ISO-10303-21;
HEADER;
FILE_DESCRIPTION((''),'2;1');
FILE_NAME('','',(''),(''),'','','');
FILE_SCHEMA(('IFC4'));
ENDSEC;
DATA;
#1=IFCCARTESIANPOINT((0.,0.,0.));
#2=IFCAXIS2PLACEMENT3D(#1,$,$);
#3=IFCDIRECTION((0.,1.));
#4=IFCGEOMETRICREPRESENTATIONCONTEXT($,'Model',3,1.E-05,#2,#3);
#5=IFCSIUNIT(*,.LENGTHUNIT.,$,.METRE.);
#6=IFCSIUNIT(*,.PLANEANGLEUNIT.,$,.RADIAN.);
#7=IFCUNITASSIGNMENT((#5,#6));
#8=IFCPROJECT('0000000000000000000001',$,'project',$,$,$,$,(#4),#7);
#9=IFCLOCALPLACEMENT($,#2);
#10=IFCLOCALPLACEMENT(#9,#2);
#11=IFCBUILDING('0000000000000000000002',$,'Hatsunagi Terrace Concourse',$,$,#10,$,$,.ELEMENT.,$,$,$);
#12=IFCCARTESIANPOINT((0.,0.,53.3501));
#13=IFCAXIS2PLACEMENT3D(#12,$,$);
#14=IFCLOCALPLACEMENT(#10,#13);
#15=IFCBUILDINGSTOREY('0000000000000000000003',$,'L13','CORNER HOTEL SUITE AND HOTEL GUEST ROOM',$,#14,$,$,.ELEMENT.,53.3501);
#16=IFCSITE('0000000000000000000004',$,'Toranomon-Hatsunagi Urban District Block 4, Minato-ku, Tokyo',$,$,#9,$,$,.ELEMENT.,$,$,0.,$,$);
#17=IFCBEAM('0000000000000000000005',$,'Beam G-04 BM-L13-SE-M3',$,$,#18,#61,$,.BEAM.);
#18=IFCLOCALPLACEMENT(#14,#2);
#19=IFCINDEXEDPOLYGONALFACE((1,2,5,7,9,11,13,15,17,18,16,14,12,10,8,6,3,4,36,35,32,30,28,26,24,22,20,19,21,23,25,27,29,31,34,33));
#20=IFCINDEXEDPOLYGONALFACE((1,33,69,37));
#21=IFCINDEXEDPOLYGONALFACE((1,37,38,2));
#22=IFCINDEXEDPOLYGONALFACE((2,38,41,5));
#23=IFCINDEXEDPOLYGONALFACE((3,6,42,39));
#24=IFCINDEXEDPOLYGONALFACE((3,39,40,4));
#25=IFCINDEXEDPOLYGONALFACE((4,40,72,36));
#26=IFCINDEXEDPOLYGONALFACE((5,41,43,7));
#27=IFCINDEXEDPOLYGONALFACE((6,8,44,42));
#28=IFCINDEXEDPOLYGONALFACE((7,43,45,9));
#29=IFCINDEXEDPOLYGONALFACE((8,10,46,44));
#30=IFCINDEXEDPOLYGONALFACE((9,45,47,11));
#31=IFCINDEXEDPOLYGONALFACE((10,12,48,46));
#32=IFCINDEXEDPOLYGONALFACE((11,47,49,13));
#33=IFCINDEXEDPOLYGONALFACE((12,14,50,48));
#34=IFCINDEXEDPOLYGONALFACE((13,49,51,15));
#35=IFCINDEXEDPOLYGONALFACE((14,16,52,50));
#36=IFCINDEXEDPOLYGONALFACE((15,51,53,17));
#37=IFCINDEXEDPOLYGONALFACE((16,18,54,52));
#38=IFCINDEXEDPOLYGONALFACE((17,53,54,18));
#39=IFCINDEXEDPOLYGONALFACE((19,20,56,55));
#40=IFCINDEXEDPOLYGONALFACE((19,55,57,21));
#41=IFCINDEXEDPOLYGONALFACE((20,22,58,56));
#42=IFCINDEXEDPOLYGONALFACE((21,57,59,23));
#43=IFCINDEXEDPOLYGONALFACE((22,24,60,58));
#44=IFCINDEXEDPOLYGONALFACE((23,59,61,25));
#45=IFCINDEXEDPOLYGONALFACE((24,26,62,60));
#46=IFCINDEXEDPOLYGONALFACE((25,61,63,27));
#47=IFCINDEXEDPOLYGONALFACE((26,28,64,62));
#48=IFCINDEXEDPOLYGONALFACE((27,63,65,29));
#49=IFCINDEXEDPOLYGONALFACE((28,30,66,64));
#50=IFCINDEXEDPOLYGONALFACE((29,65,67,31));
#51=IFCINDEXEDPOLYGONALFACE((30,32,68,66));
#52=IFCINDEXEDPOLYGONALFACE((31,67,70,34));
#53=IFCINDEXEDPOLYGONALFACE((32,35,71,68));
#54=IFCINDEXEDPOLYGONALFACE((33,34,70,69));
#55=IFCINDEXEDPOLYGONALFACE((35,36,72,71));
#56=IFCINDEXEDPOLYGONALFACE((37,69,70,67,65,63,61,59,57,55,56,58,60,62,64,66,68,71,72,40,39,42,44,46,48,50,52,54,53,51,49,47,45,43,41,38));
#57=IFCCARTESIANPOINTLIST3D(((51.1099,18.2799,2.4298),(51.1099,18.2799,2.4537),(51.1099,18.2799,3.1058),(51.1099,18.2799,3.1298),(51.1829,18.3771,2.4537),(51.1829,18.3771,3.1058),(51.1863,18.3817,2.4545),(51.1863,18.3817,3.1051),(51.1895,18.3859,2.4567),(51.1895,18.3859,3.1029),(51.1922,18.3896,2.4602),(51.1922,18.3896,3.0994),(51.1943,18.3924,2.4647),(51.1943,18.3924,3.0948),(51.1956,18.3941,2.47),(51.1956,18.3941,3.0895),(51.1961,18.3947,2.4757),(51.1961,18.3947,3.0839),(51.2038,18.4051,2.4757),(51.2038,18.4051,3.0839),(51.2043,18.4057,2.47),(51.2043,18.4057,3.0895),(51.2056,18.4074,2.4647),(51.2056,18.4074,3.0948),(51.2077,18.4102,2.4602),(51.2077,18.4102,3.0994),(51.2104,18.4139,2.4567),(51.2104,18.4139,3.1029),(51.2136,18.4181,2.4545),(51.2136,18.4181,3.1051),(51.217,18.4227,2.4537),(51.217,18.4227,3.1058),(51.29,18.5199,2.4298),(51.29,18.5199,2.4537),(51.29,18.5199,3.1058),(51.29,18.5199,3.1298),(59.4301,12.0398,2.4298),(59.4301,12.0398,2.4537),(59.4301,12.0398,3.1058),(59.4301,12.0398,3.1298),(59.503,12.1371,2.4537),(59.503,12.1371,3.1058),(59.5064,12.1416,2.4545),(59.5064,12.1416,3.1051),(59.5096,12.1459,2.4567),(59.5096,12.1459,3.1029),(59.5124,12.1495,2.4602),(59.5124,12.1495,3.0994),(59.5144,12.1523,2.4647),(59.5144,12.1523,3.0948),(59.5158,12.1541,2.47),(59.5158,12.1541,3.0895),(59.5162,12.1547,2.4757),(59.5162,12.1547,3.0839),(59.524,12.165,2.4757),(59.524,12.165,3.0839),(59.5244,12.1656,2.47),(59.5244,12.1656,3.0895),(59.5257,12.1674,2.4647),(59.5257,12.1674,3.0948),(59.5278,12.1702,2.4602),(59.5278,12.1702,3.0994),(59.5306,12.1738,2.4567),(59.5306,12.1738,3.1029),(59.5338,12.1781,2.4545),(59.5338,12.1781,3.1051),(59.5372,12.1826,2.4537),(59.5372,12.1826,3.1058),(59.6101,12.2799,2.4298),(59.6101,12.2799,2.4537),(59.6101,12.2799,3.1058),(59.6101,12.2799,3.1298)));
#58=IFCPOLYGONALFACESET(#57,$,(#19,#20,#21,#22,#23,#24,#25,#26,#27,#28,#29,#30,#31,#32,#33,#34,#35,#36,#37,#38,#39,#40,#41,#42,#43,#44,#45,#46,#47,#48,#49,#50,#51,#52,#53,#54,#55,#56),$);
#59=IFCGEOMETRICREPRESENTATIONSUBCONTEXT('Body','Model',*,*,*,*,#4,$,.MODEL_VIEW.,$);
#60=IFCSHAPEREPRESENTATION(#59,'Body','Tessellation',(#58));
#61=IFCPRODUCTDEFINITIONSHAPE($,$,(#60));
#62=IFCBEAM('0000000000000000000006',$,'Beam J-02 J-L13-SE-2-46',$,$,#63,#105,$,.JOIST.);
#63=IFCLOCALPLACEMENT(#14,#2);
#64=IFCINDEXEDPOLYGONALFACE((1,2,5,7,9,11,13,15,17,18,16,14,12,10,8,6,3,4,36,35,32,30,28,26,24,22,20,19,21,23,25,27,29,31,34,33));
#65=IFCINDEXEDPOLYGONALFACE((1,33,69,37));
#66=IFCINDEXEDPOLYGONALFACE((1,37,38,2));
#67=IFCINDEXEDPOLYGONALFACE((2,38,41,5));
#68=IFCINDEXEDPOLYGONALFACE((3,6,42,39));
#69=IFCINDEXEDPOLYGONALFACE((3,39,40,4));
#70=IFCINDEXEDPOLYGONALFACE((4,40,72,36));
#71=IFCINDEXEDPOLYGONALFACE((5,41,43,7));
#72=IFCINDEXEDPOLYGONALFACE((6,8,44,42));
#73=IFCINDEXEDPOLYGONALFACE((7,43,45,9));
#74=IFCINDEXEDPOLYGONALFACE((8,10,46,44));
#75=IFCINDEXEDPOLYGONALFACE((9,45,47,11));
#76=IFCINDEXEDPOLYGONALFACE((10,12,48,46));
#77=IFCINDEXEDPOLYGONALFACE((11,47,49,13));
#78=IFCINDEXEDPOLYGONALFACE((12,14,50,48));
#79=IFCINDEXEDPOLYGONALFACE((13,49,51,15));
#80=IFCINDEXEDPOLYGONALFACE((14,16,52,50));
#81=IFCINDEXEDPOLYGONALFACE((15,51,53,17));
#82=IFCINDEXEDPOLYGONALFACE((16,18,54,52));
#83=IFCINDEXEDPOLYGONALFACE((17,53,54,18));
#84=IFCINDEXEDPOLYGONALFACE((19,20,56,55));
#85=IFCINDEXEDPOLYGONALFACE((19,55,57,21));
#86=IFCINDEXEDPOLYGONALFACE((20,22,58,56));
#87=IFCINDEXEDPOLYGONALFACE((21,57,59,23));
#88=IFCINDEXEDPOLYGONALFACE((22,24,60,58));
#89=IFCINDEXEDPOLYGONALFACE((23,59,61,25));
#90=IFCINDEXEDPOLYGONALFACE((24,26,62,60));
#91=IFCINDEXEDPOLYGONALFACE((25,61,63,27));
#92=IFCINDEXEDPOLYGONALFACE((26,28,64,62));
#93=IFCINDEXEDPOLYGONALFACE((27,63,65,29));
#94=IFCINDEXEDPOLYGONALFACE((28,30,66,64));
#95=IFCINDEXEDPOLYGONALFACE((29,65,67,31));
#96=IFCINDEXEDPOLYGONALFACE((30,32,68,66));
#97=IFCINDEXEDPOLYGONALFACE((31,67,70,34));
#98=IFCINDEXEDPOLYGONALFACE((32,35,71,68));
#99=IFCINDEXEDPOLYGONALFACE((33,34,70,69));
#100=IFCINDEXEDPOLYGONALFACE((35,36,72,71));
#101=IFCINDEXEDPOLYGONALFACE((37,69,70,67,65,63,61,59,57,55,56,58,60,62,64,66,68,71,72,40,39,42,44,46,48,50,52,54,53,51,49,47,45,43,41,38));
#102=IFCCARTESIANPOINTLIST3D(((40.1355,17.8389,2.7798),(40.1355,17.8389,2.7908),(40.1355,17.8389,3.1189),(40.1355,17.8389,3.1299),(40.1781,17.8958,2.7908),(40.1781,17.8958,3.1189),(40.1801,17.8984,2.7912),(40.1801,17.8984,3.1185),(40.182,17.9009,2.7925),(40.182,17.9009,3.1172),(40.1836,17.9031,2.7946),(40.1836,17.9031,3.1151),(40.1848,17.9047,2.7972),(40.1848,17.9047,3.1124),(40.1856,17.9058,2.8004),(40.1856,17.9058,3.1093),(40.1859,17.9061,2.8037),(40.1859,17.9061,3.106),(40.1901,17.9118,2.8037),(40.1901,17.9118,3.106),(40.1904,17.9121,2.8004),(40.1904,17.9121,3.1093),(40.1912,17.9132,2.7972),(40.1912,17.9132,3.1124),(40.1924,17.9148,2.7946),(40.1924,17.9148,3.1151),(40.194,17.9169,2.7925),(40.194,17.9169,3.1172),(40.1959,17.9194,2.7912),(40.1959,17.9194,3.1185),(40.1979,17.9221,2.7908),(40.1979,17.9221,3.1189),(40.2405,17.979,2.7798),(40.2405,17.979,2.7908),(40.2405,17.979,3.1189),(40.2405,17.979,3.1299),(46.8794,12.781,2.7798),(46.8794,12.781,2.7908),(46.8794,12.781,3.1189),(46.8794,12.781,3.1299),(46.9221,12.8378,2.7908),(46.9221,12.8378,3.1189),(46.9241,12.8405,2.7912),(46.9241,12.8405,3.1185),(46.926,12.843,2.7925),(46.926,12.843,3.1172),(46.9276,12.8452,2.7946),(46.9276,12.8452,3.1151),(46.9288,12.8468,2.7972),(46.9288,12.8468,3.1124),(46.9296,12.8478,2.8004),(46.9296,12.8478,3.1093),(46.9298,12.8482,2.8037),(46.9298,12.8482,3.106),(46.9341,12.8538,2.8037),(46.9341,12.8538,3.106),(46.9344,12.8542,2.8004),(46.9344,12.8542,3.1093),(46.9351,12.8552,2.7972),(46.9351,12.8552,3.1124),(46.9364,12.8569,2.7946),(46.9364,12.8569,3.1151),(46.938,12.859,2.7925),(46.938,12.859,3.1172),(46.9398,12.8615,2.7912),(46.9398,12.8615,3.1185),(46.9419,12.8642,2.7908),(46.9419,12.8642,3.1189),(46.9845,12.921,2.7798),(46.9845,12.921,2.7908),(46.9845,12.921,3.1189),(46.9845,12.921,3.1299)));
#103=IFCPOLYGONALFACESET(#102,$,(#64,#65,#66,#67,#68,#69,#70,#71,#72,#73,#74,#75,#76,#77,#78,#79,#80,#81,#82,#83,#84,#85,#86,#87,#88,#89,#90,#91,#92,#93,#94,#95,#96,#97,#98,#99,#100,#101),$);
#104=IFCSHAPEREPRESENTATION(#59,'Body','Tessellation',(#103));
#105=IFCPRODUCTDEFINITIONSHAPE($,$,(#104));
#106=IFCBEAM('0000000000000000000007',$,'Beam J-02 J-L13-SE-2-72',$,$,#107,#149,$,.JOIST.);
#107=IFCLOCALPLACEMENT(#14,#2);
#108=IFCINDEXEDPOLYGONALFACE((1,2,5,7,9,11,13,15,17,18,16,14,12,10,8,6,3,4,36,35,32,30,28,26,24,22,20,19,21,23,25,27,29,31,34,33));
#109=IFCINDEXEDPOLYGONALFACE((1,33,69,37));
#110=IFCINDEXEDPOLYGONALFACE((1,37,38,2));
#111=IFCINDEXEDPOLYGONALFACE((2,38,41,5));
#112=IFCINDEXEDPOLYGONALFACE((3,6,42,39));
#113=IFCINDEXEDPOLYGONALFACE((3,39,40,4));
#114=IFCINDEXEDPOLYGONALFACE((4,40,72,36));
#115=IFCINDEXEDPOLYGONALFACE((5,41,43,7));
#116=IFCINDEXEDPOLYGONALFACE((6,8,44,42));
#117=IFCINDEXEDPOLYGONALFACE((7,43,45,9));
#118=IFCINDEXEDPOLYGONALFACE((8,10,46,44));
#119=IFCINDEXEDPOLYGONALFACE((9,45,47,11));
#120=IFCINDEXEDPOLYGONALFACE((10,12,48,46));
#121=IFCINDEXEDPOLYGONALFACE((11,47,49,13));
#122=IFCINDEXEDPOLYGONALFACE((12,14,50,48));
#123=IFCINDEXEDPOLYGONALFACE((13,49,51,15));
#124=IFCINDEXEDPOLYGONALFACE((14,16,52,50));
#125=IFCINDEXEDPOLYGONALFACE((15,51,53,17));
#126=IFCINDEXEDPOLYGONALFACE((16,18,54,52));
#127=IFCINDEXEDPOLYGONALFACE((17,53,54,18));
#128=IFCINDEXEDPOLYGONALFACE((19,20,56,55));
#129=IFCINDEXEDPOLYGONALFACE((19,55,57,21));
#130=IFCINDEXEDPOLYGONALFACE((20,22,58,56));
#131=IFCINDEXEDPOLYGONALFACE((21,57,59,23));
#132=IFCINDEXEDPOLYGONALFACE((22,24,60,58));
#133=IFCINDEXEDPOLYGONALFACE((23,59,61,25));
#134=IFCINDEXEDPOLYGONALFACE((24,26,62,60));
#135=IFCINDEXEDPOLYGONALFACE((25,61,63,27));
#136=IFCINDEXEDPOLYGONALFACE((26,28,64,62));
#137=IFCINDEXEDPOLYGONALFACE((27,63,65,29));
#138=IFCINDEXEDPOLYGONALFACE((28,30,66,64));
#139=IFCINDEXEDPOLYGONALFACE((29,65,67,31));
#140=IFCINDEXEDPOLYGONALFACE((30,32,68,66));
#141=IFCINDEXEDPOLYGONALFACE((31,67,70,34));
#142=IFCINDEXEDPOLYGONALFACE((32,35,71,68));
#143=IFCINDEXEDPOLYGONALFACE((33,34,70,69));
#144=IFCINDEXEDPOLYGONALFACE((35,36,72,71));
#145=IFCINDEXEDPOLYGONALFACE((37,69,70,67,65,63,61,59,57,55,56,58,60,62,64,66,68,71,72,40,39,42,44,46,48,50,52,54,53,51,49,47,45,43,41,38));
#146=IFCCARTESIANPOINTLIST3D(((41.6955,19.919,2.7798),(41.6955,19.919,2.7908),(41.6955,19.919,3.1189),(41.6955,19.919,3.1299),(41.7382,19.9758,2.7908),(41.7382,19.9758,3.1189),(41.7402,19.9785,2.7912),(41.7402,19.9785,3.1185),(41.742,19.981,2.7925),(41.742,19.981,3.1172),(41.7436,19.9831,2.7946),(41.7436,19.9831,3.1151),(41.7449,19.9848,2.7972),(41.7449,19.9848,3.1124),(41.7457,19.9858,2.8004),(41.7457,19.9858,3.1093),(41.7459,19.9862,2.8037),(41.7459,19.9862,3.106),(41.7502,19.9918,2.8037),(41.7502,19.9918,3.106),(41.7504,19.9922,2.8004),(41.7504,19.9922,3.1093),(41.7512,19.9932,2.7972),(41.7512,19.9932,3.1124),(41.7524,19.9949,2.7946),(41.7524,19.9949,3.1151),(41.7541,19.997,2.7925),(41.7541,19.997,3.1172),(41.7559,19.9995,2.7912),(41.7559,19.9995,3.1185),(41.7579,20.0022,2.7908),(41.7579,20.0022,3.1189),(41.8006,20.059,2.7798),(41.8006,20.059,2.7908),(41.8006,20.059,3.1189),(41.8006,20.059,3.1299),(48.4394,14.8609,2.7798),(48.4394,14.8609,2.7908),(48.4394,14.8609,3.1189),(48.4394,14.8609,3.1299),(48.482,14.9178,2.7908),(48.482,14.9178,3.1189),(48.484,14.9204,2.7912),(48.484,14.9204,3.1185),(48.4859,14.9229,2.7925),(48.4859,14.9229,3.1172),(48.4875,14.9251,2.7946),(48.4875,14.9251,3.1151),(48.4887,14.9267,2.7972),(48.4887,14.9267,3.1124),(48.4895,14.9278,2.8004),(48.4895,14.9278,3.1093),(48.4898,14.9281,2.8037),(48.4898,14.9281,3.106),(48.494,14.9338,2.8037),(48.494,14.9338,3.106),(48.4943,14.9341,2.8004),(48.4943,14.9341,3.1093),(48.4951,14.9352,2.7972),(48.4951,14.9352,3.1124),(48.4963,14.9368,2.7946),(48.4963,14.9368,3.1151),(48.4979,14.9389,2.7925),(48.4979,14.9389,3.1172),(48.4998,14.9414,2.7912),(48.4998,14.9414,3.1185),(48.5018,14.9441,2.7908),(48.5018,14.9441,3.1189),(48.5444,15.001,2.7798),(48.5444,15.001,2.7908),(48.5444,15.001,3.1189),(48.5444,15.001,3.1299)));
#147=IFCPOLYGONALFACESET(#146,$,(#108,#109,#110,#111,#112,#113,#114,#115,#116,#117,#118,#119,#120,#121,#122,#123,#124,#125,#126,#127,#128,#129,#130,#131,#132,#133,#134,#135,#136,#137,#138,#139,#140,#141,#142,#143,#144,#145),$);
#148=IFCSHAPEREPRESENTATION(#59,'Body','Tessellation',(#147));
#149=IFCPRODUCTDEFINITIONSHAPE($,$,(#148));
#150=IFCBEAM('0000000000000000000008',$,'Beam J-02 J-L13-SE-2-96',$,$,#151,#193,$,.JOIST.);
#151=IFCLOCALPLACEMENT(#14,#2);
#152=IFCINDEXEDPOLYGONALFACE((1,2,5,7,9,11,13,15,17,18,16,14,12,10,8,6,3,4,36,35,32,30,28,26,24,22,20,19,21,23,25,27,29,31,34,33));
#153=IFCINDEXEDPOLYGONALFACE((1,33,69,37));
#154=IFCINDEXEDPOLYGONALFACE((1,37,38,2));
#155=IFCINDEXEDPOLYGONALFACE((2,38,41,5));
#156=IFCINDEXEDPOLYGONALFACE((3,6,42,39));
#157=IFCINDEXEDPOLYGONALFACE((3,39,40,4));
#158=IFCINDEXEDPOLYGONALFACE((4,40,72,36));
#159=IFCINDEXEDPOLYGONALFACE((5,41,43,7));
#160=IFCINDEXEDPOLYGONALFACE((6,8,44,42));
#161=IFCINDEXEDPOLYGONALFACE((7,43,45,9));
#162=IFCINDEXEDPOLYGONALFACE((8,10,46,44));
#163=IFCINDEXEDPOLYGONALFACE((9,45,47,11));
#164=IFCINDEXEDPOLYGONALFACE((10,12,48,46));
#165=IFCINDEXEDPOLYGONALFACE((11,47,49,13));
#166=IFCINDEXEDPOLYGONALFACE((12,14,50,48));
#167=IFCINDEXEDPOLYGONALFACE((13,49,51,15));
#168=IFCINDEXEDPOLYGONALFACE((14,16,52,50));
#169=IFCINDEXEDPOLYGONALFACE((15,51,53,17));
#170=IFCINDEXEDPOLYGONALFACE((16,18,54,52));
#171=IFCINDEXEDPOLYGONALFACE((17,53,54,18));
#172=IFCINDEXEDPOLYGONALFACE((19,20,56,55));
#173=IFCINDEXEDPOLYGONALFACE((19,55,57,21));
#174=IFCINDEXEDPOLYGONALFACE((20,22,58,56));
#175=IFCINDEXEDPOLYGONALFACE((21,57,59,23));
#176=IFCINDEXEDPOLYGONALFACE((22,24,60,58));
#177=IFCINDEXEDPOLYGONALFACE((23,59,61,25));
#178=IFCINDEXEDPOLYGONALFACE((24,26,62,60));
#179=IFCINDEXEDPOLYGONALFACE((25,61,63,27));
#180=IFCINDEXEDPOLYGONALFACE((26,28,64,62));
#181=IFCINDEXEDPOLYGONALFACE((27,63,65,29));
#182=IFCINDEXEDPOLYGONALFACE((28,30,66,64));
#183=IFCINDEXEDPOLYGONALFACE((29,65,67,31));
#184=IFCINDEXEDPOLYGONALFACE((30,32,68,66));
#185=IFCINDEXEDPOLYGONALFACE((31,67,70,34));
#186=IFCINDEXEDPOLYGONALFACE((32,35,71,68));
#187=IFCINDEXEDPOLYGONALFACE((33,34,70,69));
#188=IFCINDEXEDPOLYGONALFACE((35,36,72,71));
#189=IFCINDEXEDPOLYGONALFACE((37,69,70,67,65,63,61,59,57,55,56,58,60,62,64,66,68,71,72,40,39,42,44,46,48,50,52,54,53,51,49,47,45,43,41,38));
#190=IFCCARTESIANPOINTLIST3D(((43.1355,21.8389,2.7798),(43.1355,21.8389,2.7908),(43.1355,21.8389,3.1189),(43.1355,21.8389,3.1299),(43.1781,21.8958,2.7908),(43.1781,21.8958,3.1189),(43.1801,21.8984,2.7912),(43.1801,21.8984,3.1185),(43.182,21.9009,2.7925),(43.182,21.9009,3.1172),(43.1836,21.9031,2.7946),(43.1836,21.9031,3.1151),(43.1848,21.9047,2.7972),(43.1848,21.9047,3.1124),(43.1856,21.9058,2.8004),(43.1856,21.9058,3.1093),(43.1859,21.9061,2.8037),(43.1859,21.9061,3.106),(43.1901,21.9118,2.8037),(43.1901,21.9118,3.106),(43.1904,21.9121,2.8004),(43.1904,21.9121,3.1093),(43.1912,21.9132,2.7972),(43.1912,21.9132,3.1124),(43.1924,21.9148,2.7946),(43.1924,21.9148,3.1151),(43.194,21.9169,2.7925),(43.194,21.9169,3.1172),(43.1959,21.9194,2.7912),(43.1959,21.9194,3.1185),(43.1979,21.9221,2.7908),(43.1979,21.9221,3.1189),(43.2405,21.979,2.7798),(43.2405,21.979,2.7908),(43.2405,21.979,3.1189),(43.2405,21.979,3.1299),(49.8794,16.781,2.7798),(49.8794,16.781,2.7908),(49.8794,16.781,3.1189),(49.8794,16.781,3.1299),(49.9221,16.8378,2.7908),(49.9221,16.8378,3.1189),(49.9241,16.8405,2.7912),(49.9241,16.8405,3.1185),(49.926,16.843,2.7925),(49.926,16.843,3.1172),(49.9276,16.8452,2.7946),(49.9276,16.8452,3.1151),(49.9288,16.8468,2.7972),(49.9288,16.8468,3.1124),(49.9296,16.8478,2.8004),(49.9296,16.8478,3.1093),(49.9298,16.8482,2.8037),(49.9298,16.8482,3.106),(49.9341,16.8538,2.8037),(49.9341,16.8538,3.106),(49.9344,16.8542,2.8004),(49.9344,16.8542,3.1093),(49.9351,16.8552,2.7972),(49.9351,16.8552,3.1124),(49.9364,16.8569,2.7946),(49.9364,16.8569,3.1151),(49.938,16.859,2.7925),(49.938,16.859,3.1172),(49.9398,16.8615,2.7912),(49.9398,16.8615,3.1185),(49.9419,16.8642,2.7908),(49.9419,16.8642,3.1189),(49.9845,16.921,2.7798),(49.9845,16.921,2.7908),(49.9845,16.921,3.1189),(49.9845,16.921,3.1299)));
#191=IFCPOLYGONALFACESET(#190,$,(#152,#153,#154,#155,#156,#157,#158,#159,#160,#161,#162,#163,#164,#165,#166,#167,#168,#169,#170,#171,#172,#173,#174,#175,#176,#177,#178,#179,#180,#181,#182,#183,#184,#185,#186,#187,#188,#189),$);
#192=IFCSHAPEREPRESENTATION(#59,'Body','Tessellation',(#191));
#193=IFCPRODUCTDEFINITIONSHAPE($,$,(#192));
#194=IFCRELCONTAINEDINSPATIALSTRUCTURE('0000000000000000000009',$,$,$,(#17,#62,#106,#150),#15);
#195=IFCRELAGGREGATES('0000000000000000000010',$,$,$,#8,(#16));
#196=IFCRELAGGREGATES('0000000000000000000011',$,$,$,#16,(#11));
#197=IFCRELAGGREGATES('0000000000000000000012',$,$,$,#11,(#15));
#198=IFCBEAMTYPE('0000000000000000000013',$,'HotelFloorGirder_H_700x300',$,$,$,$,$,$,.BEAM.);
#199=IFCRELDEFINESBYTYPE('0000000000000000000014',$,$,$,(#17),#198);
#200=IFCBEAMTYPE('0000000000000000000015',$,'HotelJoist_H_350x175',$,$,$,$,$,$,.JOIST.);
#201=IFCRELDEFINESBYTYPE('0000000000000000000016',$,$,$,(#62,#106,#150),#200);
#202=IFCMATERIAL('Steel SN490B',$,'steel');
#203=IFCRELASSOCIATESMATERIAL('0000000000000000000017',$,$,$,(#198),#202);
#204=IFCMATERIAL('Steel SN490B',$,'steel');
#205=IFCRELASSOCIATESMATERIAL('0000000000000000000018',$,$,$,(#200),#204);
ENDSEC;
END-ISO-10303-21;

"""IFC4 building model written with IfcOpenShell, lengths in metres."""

from ifc_helpers import new_model, si_unit, direction, frame, origin, origin_2d, place, context, subcontext, project, spatial, i_section, extrude, material, material_profile, profile_set, type_object, element, save


model = new_model("IFC4")

# Units and contexts
model_context = context("Model", 3, precision=1e-05, world=origin(), true_north=direction((0.0, 1.0)))
body_context = subcontext(model_context, "Body", "Model", "MODEL_VIEW")
ifc_project = project(units=[si_unit("LENGTHUNIT", "METRE"), si_unit("PLANEANGLEUNIT", "RADIAN")], contexts=[model_context])

# Site, building, storey
site_placement = place(None, origin())
site = spatial("IfcSite", under=ifc_project, at=site_placement, Name="Toranomon-Hatsunagi Urban District Block 4, Minato-ku, Tokyo", CompositionType="ELEMENT", RefElevation=0.0)
building_placement = place(site_placement, origin())
building = spatial("IfcBuilding", under=site, at=building_placement, Name="Hatsunagi Terrace Concourse", CompositionType="ELEMENT")
storey_placement = place(building_placement, frame((0.0, 0.0, 53.3501)))
storey = spatial("IfcBuildingStorey", under=building, at=storey_placement, Name="L13", Description="CORNER HOTEL SUITE AND HOTEL GUEST ROOM", CompositionType="ELEMENT", Elevation=53.3501)

# Beams
ifc_material_1 = material(Name="Steel SN490B", Category="steel")
ifc_material_profile_1 = material_profile(ifc_material_1, i_section(OverallWidth=0.3, OverallDepth=0.7, WebThickness=0.0129, FlangeThickness=0.0239, FilletRadius=0.022, at=origin_2d()), Name="H-700x300x13x24")
ifc_profile_set_1 = profile_set([ifc_material_profile_1], Name="Steel SN490B")
beam_type_1 = type_object("IfcBeamType", Name="HotelFloorGirder_H_700x300", PredefinedType="BEAM", material=ifc_profile_set_1)
beam_1_placement = place(storey_placement, frame((51.2, 18.3999, 2.7798), z_axis=(0.800003, -0.599996, 0.0), x_axis=(0.599996, 0.800003, 0.0)))
element("IfcBeam", 1, at=beam_1_placement, inside=storey, type_object=beam_type_1, Name="Beam G-04 BM-L13-SE-M3", PredefinedType="BEAM", context=body_context, shape_type="SweptSolid", body=[
    extrude(i_section(OverallWidth=0.3, OverallDepth=0.7, WebThickness=0.0129, FlangeThickness=0.0239, FilletRadius=0.022, at=origin_2d()), origin(), (0.0, 0.0, 1.0), 10.4001),
])
ifc_material_2 = material(Name="Steel SN490B", Category="steel")
ifc_material_profile_2 = material_profile(ifc_material_2, i_section(OverallWidth=0.175, OverallDepth=0.3501, WebThickness=0.0071, FlangeThickness=0.011, FilletRadius=0.0129, at=origin_2d()), Name="H-350x175x7x11")
ifc_profile_set_2 = profile_set([ifc_material_profile_2], Name="Steel SN490B")
beam_type_2 = type_object("IfcBeamType", Name="HotelJoist_H_350x175", PredefinedType="JOIST", material=ifc_profile_set_2)
for number, where, z_axis, x_axis, name in (
    (2, (40.188, 17.9089, 2.9548), (0.800003, -0.599995, 0.0), (0.599995, 0.800003, 0.0), "Beam J-02 J-L13-SE-2-46"),
    (3, (41.748, 19.989, 2.9548), (0.79999, -0.600014, 0.0), (0.600014, 0.79999, 0.0), "Beam J-02 J-L13-SE-2-72"),
    (4, (43.188, 21.9089, 2.9548), (0.800003, -0.599995, 0.0), (0.599995, 0.800003, 0.0), "Beam J-02 J-L13-SE-2-96"),
):
    element("IfcBeam", number, at=place(storey_placement, frame(where, z_axis=z_axis, x_axis=x_axis)), inside=storey, type_object=beam_type_2, Name=name, PredefinedType="JOIST", context=body_context, shape_type="SweptSolid", body=[
        extrude(i_section(OverallWidth=0.175, OverallDepth=0.3501, WebThickness=0.0071, FlangeThickness=0.011, FilletRadius=0.0129, at=origin_2d()), origin(), (0.0, 0.0, 1.0), 8.4299),
    ])

save(model, "model.ifc")
